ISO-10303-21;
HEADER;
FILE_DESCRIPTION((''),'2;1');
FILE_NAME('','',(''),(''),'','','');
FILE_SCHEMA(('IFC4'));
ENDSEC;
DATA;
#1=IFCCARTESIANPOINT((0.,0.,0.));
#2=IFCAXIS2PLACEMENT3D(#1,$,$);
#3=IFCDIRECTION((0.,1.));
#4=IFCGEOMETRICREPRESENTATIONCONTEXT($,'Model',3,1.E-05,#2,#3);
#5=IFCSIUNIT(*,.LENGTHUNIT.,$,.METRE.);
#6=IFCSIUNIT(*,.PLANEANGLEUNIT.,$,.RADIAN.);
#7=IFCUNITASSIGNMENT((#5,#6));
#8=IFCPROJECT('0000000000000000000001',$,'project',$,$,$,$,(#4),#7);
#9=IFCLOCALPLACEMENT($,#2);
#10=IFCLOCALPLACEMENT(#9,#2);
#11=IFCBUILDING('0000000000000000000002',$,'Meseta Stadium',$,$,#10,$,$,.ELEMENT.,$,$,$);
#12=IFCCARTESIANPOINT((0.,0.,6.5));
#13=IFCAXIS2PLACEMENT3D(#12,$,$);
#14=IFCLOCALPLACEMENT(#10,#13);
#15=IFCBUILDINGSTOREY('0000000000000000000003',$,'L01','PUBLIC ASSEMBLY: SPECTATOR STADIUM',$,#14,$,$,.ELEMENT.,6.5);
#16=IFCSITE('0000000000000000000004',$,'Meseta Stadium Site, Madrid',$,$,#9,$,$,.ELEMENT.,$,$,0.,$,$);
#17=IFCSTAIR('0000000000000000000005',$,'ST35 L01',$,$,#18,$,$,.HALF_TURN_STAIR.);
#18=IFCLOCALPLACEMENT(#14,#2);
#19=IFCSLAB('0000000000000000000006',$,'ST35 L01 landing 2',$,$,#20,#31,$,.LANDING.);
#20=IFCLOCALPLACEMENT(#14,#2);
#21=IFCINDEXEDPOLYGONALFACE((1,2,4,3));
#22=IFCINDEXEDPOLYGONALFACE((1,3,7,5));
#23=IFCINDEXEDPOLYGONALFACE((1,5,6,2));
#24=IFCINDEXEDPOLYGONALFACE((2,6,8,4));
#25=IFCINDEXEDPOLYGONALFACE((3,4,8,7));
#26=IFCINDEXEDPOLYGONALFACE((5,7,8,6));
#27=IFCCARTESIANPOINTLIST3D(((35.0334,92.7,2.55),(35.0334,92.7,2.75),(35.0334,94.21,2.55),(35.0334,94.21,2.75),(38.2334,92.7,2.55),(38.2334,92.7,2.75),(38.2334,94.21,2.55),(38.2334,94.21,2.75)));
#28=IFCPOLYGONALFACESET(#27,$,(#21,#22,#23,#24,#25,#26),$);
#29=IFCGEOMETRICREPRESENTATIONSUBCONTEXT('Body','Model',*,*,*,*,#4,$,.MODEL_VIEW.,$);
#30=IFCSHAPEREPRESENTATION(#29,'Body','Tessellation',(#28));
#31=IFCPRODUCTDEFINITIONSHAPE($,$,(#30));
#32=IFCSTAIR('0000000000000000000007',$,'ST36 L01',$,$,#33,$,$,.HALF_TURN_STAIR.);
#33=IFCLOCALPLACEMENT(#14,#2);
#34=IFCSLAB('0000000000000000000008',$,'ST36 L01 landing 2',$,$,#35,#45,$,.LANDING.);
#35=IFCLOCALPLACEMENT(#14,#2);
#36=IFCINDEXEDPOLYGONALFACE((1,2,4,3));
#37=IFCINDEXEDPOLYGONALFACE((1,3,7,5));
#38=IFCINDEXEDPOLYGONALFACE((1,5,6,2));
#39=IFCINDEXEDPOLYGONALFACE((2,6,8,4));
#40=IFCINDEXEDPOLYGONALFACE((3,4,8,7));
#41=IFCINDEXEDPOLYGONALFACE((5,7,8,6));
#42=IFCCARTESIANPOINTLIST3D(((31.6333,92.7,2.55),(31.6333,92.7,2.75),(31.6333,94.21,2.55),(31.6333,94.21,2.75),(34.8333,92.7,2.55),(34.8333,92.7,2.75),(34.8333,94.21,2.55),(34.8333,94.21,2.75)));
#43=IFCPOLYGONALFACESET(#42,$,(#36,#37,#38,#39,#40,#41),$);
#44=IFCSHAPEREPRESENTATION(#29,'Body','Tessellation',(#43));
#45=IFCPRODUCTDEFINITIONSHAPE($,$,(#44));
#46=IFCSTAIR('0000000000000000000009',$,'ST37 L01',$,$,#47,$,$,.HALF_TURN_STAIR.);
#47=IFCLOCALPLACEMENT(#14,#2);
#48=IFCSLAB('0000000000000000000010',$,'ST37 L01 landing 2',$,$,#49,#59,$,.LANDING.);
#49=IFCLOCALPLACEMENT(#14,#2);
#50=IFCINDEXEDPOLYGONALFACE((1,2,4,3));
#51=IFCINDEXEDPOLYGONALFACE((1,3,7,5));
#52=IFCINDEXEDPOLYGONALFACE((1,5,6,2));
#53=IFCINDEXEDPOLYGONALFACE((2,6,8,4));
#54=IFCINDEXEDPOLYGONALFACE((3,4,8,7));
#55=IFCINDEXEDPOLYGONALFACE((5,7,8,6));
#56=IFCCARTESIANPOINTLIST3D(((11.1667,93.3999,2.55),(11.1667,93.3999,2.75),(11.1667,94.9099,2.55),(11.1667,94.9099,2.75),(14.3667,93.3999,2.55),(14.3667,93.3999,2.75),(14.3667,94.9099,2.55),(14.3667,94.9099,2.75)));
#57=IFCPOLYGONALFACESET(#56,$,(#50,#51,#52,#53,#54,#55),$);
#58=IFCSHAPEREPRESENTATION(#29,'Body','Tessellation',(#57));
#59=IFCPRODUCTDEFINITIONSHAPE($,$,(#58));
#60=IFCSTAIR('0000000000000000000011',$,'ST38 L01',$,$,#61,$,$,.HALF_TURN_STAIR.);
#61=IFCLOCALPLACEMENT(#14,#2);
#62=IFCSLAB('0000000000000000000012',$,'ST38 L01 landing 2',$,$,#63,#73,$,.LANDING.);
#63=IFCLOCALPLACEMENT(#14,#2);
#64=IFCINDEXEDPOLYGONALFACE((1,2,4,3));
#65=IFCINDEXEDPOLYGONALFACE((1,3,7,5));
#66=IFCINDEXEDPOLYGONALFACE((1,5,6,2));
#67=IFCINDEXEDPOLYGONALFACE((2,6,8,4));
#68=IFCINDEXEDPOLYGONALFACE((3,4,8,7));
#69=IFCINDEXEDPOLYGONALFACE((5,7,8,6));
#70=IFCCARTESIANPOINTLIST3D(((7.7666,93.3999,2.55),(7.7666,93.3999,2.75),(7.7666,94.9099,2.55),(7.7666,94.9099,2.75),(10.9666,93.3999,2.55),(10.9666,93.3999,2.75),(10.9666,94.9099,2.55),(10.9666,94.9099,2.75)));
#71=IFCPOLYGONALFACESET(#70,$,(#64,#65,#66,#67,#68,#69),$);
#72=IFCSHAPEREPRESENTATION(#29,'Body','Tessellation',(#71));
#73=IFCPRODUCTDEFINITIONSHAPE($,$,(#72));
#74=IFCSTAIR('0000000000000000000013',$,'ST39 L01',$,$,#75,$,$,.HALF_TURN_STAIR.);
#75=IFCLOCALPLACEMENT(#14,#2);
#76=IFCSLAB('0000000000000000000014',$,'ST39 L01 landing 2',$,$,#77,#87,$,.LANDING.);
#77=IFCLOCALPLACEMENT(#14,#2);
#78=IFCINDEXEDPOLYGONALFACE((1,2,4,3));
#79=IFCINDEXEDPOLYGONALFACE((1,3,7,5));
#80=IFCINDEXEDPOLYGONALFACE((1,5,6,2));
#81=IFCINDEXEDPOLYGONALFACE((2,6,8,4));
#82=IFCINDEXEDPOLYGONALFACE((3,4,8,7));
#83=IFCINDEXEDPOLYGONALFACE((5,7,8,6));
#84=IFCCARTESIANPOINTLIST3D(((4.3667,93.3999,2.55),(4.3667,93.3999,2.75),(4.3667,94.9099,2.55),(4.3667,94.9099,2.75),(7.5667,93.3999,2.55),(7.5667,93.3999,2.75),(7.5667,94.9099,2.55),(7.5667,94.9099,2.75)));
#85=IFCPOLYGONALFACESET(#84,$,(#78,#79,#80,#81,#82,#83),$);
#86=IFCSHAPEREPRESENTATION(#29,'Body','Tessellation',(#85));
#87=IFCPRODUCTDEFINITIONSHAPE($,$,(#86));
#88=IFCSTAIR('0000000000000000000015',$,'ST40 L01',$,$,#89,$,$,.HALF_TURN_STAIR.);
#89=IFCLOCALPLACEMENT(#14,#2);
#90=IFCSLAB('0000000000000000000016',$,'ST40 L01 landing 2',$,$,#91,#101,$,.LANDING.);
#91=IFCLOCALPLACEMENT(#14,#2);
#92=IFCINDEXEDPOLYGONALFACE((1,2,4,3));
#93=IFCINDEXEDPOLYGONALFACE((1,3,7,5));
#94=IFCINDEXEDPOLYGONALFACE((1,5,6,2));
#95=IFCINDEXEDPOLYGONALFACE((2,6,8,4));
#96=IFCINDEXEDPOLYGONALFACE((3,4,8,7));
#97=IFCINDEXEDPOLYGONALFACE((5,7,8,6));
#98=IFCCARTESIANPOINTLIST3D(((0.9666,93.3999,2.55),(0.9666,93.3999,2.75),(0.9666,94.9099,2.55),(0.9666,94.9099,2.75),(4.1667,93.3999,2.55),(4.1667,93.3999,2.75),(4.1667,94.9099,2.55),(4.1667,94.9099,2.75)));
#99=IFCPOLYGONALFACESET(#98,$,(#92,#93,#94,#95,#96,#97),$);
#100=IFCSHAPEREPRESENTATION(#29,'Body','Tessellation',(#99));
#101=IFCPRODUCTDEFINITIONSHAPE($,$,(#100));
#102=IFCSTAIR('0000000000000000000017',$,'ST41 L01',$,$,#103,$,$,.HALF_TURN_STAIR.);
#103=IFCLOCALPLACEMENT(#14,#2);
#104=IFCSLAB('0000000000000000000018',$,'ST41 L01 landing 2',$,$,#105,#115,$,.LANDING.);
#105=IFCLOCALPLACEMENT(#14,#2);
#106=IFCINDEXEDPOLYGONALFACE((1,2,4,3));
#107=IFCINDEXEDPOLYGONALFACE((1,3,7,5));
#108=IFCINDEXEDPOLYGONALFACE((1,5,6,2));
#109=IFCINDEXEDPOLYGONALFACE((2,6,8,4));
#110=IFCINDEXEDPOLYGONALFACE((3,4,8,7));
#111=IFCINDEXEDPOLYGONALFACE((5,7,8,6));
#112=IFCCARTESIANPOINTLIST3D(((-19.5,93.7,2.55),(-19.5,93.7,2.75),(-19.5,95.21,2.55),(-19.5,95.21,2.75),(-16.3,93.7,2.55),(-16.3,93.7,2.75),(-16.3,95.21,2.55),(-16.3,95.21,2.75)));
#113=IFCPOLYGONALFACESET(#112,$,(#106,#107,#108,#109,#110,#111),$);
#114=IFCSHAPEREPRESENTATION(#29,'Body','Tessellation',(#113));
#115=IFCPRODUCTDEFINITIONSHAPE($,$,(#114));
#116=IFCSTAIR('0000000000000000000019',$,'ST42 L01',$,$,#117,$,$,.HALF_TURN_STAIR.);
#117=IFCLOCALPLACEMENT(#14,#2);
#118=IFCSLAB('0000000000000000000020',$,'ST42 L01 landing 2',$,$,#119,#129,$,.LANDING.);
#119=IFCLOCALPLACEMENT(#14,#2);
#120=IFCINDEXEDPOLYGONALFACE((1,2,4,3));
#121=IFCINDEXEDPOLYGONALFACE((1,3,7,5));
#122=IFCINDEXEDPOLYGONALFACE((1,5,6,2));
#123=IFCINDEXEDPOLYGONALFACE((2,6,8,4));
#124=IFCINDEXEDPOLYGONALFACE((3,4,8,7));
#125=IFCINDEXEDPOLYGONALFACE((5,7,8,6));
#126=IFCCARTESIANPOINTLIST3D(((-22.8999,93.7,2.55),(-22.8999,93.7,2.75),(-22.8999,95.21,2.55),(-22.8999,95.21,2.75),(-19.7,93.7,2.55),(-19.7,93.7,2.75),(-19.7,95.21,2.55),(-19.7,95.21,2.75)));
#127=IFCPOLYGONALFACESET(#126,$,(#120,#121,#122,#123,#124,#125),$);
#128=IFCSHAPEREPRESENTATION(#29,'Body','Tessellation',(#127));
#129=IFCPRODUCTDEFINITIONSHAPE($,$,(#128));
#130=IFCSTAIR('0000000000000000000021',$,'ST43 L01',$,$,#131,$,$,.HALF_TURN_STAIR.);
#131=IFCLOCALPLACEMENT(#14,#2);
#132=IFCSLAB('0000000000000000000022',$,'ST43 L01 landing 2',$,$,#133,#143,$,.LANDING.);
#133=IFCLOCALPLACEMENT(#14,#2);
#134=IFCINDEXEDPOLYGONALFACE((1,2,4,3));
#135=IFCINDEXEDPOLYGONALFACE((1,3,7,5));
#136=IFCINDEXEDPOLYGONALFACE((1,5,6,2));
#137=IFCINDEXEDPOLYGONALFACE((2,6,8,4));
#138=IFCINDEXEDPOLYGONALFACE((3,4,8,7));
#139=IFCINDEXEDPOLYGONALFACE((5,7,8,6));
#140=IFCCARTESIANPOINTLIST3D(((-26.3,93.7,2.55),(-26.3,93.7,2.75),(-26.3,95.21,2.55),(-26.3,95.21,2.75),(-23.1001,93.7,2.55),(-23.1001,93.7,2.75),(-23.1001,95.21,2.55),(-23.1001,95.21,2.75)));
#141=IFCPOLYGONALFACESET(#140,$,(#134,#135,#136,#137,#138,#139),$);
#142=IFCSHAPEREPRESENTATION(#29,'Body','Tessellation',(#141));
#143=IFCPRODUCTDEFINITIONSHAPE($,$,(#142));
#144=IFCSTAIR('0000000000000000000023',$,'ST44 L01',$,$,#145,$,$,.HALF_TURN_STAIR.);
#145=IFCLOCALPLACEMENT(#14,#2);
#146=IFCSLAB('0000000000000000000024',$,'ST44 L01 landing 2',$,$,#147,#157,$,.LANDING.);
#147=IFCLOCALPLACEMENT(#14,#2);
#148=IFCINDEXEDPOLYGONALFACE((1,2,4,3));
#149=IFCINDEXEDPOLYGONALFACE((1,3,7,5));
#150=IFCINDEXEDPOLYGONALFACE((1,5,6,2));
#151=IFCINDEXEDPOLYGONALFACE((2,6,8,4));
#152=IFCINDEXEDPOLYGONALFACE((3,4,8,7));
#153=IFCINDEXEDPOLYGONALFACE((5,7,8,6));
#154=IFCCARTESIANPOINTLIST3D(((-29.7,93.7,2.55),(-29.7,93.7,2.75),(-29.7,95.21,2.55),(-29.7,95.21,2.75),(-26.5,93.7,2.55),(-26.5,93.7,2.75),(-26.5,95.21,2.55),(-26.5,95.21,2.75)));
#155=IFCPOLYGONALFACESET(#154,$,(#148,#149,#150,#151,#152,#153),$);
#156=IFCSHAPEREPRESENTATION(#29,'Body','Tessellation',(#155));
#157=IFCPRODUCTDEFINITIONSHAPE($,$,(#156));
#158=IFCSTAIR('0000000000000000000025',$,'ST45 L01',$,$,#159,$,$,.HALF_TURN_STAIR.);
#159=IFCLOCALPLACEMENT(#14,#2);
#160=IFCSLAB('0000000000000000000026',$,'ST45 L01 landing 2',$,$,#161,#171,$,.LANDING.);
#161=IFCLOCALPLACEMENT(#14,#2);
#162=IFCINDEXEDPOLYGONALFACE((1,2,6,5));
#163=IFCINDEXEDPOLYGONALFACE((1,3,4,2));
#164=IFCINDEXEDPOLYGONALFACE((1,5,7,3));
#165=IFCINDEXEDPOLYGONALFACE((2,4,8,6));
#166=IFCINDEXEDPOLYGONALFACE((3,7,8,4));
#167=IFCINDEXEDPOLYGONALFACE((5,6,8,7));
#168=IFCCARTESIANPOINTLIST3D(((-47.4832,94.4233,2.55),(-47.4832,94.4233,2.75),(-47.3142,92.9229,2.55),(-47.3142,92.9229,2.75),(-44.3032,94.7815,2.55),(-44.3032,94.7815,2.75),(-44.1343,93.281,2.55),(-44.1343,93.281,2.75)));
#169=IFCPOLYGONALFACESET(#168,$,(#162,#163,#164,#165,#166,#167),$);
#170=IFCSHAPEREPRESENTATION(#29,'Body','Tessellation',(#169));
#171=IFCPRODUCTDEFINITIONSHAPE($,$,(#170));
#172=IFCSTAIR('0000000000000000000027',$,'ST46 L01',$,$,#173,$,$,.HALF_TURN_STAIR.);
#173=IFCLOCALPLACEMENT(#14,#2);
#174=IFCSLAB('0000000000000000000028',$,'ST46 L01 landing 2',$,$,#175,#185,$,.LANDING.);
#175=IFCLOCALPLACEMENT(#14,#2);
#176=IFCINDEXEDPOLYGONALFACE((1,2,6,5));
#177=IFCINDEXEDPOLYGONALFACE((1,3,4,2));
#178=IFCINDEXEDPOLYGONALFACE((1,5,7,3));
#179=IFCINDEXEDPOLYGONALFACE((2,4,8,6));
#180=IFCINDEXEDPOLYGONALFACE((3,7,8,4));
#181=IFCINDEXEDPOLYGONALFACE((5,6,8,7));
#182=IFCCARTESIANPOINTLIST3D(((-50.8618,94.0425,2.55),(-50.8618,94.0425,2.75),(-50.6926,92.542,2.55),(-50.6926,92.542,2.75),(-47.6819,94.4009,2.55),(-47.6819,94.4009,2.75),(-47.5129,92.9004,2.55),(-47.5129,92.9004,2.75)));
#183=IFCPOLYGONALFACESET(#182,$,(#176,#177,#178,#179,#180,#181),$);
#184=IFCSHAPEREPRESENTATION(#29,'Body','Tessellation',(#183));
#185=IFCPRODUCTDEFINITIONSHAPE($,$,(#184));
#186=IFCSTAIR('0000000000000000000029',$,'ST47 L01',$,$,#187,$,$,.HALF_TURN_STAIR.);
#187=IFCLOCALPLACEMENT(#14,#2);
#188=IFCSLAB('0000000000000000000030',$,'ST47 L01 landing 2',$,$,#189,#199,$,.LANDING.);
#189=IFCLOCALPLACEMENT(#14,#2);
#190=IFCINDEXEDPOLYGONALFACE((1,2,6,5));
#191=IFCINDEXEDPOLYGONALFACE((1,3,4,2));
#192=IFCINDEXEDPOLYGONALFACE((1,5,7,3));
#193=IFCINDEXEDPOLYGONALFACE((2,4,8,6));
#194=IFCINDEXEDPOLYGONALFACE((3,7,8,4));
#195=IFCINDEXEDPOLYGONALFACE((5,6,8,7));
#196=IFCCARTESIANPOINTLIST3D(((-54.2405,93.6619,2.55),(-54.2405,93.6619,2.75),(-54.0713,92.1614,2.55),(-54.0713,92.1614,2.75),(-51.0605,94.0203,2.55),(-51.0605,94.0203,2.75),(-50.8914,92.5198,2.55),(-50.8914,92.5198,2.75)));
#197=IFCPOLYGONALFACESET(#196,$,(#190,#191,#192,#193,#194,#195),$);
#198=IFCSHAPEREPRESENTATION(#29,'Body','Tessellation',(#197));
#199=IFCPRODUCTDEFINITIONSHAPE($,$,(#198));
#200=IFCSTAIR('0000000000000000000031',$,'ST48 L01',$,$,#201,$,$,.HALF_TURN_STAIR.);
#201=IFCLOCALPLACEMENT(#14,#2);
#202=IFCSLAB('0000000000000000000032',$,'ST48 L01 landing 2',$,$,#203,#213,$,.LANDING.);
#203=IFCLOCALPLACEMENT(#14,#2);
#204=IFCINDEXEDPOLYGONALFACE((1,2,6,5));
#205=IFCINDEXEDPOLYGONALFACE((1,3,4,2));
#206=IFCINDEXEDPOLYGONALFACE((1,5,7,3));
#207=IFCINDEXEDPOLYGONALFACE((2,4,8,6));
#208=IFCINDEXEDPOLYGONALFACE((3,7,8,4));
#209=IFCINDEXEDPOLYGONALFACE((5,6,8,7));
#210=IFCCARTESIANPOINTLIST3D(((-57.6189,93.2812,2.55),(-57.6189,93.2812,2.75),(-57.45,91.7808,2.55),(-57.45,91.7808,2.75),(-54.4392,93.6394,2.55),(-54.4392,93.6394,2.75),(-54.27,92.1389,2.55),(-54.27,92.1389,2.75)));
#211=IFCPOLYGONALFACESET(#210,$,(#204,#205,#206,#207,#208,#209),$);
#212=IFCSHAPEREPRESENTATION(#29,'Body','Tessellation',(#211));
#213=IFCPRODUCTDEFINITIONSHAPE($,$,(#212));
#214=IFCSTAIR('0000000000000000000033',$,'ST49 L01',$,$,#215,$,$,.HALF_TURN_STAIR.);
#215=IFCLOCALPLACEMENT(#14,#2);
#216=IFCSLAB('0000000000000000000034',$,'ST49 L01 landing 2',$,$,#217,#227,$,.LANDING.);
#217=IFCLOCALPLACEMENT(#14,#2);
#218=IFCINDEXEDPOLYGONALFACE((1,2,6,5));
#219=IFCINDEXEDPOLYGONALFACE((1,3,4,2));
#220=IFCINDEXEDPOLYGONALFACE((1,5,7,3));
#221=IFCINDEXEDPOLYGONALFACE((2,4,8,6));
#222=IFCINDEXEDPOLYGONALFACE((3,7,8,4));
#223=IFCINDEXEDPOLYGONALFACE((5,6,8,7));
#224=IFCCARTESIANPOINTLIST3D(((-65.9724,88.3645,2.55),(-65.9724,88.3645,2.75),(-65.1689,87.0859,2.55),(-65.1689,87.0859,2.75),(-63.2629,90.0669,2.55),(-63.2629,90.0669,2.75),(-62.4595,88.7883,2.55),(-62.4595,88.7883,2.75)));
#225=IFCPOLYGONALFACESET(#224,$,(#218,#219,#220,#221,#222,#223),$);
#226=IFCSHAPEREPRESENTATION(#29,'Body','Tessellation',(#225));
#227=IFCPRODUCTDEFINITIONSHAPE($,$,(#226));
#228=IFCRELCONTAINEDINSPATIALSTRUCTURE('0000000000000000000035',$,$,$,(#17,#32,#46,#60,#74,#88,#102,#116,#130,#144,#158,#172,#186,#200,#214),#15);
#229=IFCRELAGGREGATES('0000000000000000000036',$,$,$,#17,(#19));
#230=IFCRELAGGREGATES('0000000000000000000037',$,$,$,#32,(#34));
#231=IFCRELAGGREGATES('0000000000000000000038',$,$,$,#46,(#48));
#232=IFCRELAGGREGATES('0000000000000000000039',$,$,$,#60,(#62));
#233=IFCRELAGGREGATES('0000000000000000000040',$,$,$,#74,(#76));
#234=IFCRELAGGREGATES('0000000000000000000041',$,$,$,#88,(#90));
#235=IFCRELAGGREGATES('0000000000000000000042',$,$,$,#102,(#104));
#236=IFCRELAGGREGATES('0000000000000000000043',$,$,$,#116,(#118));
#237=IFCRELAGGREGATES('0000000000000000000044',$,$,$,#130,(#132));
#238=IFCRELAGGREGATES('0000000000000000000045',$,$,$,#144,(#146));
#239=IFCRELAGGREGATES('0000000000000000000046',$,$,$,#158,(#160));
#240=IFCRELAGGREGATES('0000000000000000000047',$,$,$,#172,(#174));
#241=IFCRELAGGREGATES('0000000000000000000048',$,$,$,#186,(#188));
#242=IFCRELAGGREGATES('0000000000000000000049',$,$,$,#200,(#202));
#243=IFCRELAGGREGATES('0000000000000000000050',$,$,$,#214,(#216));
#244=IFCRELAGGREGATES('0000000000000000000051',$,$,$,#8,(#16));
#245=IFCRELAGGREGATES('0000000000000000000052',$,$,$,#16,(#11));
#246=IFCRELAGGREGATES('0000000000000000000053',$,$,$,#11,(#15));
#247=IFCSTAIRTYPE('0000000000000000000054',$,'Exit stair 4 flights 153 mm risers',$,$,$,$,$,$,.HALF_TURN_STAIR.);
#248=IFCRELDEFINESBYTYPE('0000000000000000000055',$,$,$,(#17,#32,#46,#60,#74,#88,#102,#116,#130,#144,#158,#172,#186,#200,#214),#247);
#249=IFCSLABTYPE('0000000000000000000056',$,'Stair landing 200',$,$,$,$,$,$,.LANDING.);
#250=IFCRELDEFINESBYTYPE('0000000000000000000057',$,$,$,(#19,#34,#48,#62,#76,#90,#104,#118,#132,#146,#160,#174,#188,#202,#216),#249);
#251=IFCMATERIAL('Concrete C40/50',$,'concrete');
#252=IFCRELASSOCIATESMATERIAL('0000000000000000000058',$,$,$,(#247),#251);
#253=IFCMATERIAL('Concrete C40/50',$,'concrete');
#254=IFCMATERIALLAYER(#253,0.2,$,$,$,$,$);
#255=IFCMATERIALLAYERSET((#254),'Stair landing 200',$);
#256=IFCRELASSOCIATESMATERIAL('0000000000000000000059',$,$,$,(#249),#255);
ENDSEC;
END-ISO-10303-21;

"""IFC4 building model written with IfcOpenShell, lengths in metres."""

from ifc_helpers import new_model, si_unit, direction, frame, origin, place, context, subcontext, project, spatial, polyline, outline, extrude, material, layer, layer_set, type_object, element, aggregate, save


model = new_model("IFC4")

# Units and contexts
model_context = context("Model", 3, precision=1e-05, world=origin(), true_north=direction((0.0, 1.0)))
body_context = subcontext(model_context, "Body", "Model", "MODEL_VIEW")
ifc_project = project(units=[si_unit("LENGTHUNIT", "METRE"), si_unit("PLANEANGLEUNIT", "RADIAN")], contexts=[model_context])

# Site, building, storey
site_placement = place(None, origin())
site = spatial("IfcSite", under=ifc_project, at=site_placement, Name="Meseta Stadium Site, Madrid", CompositionType="ELEMENT", RefElevation=0.0)
building_placement = place(site_placement, origin())
building = spatial("IfcBuilding", under=site, at=building_placement, Name="Meseta Stadium", CompositionType="ELEMENT")
storey_placement = place(building_placement, frame((0.0, 0.0, 6.5)))
storey = spatial("IfcBuildingStorey", under=building, at=storey_placement, Name="L01", Description="PUBLIC ASSEMBLY: SPECTATOR STADIUM", CompositionType="ELEMENT", Elevation=6.5)

# Stairs, slabs
ifc_material_1 = material(Name="Concrete C40/50", Category="concrete")
stair_type = type_object("IfcStairType", Name="Exit stair 4 flights 153 mm risers", PredefinedType="HALF_TURN_STAIR", material=ifc_material_1)
stair_1_placement = place(storey_placement, origin())
stair_1 = element("IfcStair", 1, at=stair_1_placement, inside=storey, type_object=stair_type, Name="ST35 L01", PredefinedType="HALF_TURN_STAIR")
ifc_material_2 = material(Name="Concrete C40/50", Category="concrete")
ifc_layer = layer(ifc_material_2, 0.2)
ifc_layer_set = layer_set([ifc_layer], Name="Stair landing 200")
slab_type = type_object("IfcSlabType", Name="Stair landing 200", PredefinedType="LANDING", material=ifc_layer_set)
slab_1_placement = place(storey_placement, frame((0.0, 0.0, 2.55)))
slab_1 = element("IfcSlab", 2, at=slab_1_placement, type_object=slab_type, Name="ST35 L01 landing 2", PredefinedType="LANDING", context=body_context, shape_type="SweptSolid", body=[
    extrude(outline(polyline([(38.2334, 92.7), (38.2334, 94.21), (35.0334, 94.21), (35.0334, 92.7), (38.2334, 92.7)])), origin(), (0.0, 0.0, 1.0), 0.2),
])
aggregate(stair_1, [slab_1])
stair_2_placement = place(storey_placement, origin())
stair_2 = element("IfcStair", 3, at=stair_2_placement, inside=storey, type_object=stair_type, Name="ST36 L01", PredefinedType="HALF_TURN_STAIR")
slab_2_placement = place(storey_placement, frame((0.0, 0.0, 2.55)))
slab_2 = element("IfcSlab", 4, at=slab_2_placement, type_object=slab_type, Name="ST36 L01 landing 2", PredefinedType="LANDING", context=body_context, shape_type="SweptSolid", body=[
    extrude(outline(polyline([(34.8333, 92.7), (34.8333, 94.21), (31.6333, 94.21), (31.6333, 92.7), (34.8333, 92.7)])), origin(), (0.0, 0.0, 1.0), 0.2),
])
aggregate(stair_2, [slab_2])
stair_3_placement = place(storey_placement, origin())
stair_3 = element("IfcStair", 5, at=stair_3_placement, inside=storey, type_object=stair_type, Name="ST37 L01", PredefinedType="HALF_TURN_STAIR")
slab_3_placement = place(storey_placement, frame((0.0, 0.0, 2.55)))
slab_3 = element("IfcSlab", 6, at=slab_3_placement, type_object=slab_type, Name="ST37 L01 landing 2", PredefinedType="LANDING", context=body_context, shape_type="SweptSolid", body=[
    extrude(outline(polyline([(14.3667, 93.3999), (14.3667, 94.9099), (11.1667, 94.9099), (11.1667, 93.3999), (14.3667, 93.3999)])), origin(), (0.0, 0.0, 1.0), 0.2),
])
aggregate(stair_3, [slab_3])
stair_4_placement = place(storey_placement, origin())
stair_4 = element("IfcStair", 7, at=stair_4_placement, inside=storey, type_object=stair_type, Name="ST38 L01", PredefinedType="HALF_TURN_STAIR")
slab_4_placement = place(storey_placement, frame((0.0, 0.0, 2.55)))
slab_4 = element("IfcSlab", 8, at=slab_4_placement, type_object=slab_type, Name="ST38 L01 landing 2", PredefinedType="LANDING", context=body_context, shape_type="SweptSolid", body=[
    extrude(outline(polyline([(10.9666, 93.3999), (10.9666, 94.9099), (7.7666, 94.9099), (7.7666, 93.3999), (10.9666, 93.3999)])), origin(), (0.0, 0.0, 1.0), 0.2),
])
aggregate(stair_4, [slab_4])
stair_5_placement = place(storey_placement, origin())
stair_5 = element("IfcStair", 9, at=stair_5_placement, inside=storey, type_object=stair_type, Name="ST39 L01", PredefinedType="HALF_TURN_STAIR")
slab_5_placement = place(storey_placement, frame((0.0, 0.0, 2.55)))
slab_5 = element("IfcSlab", 10, at=slab_5_placement, type_object=slab_type, Name="ST39 L01 landing 2", PredefinedType="LANDING", context=body_context, shape_type="SweptSolid", body=[
    extrude(outline(polyline([(7.5667, 93.3999), (7.5667, 94.9099), (4.3667, 94.9099), (4.3667, 93.3999), (7.5667, 93.3999)])), origin(), (0.0, 0.0, 1.0), 0.2),
])
aggregate(stair_5, [slab_5])
stair_6_placement = place(storey_placement, origin())
stair_6 = element("IfcStair", 11, at=stair_6_placement, inside=storey, type_object=stair_type, Name="ST40 L01", PredefinedType="HALF_TURN_STAIR")
slab_6_placement = place(storey_placement, frame((0.0, 0.0, 2.55)))
slab_6 = element("IfcSlab", 12, at=slab_6_placement, type_object=slab_type, Name="ST40 L01 landing 2", PredefinedType="LANDING", context=body_context, shape_type="SweptSolid", body=[
    extrude(outline(polyline([(4.1667, 93.3999), (4.1667, 94.9099), (0.9666, 94.9099), (0.9666, 93.3999), (4.1667, 93.3999)])), origin(), (0.0, 0.0, 1.0), 0.2),
])
aggregate(stair_6, [slab_6])
stair_7_placement = place(storey_placement, origin())
stair_7 = element("IfcStair", 13, at=stair_7_placement, inside=storey, type_object=stair_type, Name="ST41 L01", PredefinedType="HALF_TURN_STAIR")
slab_7_placement = place(storey_placement, frame((0.0, 0.0, 2.55)))
slab_7 = element("IfcSlab", 14, at=slab_7_placement, type_object=slab_type, Name="ST41 L01 landing 2", PredefinedType="LANDING", context=body_context, shape_type="SweptSolid", body=[
    extrude(outline(polyline([(-16.3, 93.7), (-16.3, 95.21), (-19.5, 95.21), (-19.5, 93.7), (-16.3, 93.7)])), origin(), (0.0, 0.0, 1.0), 0.2),
])
aggregate(stair_7, [slab_7])
stair_8_placement = place(storey_placement, origin())
stair_8 = element("IfcStair", 15, at=stair_8_placement, inside=storey, type_object=stair_type, Name="ST42 L01", PredefinedType="HALF_TURN_STAIR")
slab_8_placement = place(storey_placement, frame((0.0, 0.0, 2.55)))
slab_8 = element("IfcSlab", 16, at=slab_8_placement, type_object=slab_type, Name="ST42 L01 landing 2", PredefinedType="LANDING", context=body_context, shape_type="SweptSolid", body=[
    extrude(outline(polyline([(-19.7, 93.7), (-19.7, 95.21), (-22.8999, 95.21), (-22.8999, 93.7), (-19.7, 93.7)])), origin(), (0.0, 0.0, 1.0), 0.2),
])
aggregate(stair_8, [slab_8])
stair_9_placement = place(storey_placement, origin())
stair_9 = element("IfcStair", 17, at=stair_9_placement, inside=storey, type_object=stair_type, Name="ST43 L01", PredefinedType="HALF_TURN_STAIR")
slab_9_placement = place(storey_placement, frame((0.0, 0.0, 2.55)))
slab_9 = element("IfcSlab", 18, at=slab_9_placement, type_object=slab_type, Name="ST43 L01 landing 2", PredefinedType="LANDING", context=body_context, shape_type="SweptSolid", body=[
    extrude(outline(polyline([(-23.1001, 93.7), (-23.1001, 95.21), (-26.3, 95.21), (-26.3, 93.7), (-23.1001, 93.7)])), origin(), (0.0, 0.0, 1.0), 0.2),
])
aggregate(stair_9, [slab_9])
stair_10_placement = place(storey_placement, origin())
stair_10 = element("IfcStair", 19, at=stair_10_placement, inside=storey, type_object=stair_type, Name="ST44 L01", PredefinedType="HALF_TURN_STAIR")
slab_10_placement = place(storey_placement, frame((0.0, 0.0, 2.55)))
slab_10 = element("IfcSlab", 20, at=slab_10_placement, type_object=slab_type, Name="ST44 L01 landing 2", PredefinedType="LANDING", context=body_context, shape_type="SweptSolid", body=[
    extrude(outline(polyline([(-26.5, 93.7), (-26.5, 95.21), (-29.7, 95.21), (-29.7, 93.7), (-26.5, 93.7)])), origin(), (0.0, 0.0, 1.0), 0.2),
])
aggregate(stair_10, [slab_10])
stair_11_placement = place(storey_placement, origin())
stair_11 = element("IfcStair", 21, at=stair_11_placement, inside=storey, type_object=stair_type, Name="ST45 L01", PredefinedType="HALF_TURN_STAIR")
slab_11_placement = place(storey_placement, frame((0.0, 0.0, 2.55)))
slab_11 = element("IfcSlab", 22, at=slab_11_placement, type_object=slab_type, Name="ST45 L01 landing 2", PredefinedType="LANDING", context=body_context, shape_type="SweptSolid", body=[
    extrude(outline(polyline([(-44.1343, 93.281), (-44.3032, 94.7815), (-47.4832, 94.4233), (-47.3142, 92.9229), (-44.1343, 93.281)])), origin(), (0.0, 0.0, 1.0), 0.2),
])
aggregate(stair_11, [slab_11])
stair_12_placement = place(storey_placement, origin())
stair_12 = element("IfcStair", 23, at=stair_12_placement, inside=storey, type_object=stair_type, Name="ST46 L01", PredefinedType="HALF_TURN_STAIR")
slab_12_placement = place(storey_placement, frame((0.0, 0.0, 2.55)))
slab_12 = element("IfcSlab", 24, at=slab_12_placement, type_object=slab_type, Name="ST46 L01 landing 2", PredefinedType="LANDING", context=body_context, shape_type="SweptSolid", body=[
    extrude(outline(polyline([(-47.5129, 92.9004), (-47.6819, 94.4009), (-50.8618, 94.0425), (-50.6926, 92.542), (-47.5129, 92.9004)])), origin(), (0.0, 0.0, 1.0), 0.2),
])
aggregate(stair_12, [slab_12])
stair_13_placement = place(storey_placement, origin())
stair_13 = element("IfcStair", 25, at=stair_13_placement, inside=storey, type_object=stair_type, Name="ST47 L01", PredefinedType="HALF_TURN_STAIR")
slab_13_placement = place(storey_placement, frame((0.0, 0.0, 2.55)))
slab_13 = element("IfcSlab", 26, at=slab_13_placement, type_object=slab_type, Name="ST47 L01 landing 2", PredefinedType="LANDING", context=body_context, shape_type="SweptSolid", body=[
    extrude(outline(polyline([(-50.8914, 92.5198), (-51.0605, 94.0203), (-54.2405, 93.6619), (-54.0713, 92.1614), (-50.8914, 92.5198)])), origin(), (0.0, 0.0, 1.0), 0.2),
])
aggregate(stair_13, [slab_13])
stair_14_placement = place(storey_placement, origin())
stair_14 = element("IfcStair", 27, at=stair_14_placement, inside=storey, type_object=stair_type, Name="ST48 L01", PredefinedType="HALF_TURN_STAIR")
slab_14_placement = place(storey_placement, frame((0.0, 0.0, 2.55)))
slab_14 = element("IfcSlab", 28, at=slab_14_placement, type_object=slab_type, Name="ST48 L01 landing 2", PredefinedType="LANDING", context=body_context, shape_type="SweptSolid", body=[
    extrude(outline(polyline([(-54.27, 92.1389), (-54.4392, 93.6394), (-57.6189, 93.2812), (-57.45, 91.7808), (-54.27, 92.1389)])), origin(), (0.0, 0.0, 1.0), 0.2),
])
aggregate(stair_14, [slab_14])
stair_15_placement = place(storey_placement, origin())
stair_15 = element("IfcStair", 29, at=stair_15_placement, inside=storey, type_object=stair_type, Name="ST49 L01", PredefinedType="HALF_TURN_STAIR")
slab_15_placement = place(storey_placement, frame((0.0, 0.0, 2.55)))
slab_15 = element("IfcSlab", 30, at=slab_15_placement, type_object=slab_type, Name="ST49 L01 landing 2", PredefinedType="LANDING", context=body_context, shape_type="SweptSolid", body=[
    extrude(outline(polyline([(-62.4595, 88.7883), (-63.2629, 90.0669), (-65.9724, 88.3645), (-65.1689, 87.0859), (-62.4595, 88.7883)])), origin(), (0.0, 0.0, 1.0), 0.2),
])
aggregate(stair_15, [slab_15])

save(model, "model.ifc")
